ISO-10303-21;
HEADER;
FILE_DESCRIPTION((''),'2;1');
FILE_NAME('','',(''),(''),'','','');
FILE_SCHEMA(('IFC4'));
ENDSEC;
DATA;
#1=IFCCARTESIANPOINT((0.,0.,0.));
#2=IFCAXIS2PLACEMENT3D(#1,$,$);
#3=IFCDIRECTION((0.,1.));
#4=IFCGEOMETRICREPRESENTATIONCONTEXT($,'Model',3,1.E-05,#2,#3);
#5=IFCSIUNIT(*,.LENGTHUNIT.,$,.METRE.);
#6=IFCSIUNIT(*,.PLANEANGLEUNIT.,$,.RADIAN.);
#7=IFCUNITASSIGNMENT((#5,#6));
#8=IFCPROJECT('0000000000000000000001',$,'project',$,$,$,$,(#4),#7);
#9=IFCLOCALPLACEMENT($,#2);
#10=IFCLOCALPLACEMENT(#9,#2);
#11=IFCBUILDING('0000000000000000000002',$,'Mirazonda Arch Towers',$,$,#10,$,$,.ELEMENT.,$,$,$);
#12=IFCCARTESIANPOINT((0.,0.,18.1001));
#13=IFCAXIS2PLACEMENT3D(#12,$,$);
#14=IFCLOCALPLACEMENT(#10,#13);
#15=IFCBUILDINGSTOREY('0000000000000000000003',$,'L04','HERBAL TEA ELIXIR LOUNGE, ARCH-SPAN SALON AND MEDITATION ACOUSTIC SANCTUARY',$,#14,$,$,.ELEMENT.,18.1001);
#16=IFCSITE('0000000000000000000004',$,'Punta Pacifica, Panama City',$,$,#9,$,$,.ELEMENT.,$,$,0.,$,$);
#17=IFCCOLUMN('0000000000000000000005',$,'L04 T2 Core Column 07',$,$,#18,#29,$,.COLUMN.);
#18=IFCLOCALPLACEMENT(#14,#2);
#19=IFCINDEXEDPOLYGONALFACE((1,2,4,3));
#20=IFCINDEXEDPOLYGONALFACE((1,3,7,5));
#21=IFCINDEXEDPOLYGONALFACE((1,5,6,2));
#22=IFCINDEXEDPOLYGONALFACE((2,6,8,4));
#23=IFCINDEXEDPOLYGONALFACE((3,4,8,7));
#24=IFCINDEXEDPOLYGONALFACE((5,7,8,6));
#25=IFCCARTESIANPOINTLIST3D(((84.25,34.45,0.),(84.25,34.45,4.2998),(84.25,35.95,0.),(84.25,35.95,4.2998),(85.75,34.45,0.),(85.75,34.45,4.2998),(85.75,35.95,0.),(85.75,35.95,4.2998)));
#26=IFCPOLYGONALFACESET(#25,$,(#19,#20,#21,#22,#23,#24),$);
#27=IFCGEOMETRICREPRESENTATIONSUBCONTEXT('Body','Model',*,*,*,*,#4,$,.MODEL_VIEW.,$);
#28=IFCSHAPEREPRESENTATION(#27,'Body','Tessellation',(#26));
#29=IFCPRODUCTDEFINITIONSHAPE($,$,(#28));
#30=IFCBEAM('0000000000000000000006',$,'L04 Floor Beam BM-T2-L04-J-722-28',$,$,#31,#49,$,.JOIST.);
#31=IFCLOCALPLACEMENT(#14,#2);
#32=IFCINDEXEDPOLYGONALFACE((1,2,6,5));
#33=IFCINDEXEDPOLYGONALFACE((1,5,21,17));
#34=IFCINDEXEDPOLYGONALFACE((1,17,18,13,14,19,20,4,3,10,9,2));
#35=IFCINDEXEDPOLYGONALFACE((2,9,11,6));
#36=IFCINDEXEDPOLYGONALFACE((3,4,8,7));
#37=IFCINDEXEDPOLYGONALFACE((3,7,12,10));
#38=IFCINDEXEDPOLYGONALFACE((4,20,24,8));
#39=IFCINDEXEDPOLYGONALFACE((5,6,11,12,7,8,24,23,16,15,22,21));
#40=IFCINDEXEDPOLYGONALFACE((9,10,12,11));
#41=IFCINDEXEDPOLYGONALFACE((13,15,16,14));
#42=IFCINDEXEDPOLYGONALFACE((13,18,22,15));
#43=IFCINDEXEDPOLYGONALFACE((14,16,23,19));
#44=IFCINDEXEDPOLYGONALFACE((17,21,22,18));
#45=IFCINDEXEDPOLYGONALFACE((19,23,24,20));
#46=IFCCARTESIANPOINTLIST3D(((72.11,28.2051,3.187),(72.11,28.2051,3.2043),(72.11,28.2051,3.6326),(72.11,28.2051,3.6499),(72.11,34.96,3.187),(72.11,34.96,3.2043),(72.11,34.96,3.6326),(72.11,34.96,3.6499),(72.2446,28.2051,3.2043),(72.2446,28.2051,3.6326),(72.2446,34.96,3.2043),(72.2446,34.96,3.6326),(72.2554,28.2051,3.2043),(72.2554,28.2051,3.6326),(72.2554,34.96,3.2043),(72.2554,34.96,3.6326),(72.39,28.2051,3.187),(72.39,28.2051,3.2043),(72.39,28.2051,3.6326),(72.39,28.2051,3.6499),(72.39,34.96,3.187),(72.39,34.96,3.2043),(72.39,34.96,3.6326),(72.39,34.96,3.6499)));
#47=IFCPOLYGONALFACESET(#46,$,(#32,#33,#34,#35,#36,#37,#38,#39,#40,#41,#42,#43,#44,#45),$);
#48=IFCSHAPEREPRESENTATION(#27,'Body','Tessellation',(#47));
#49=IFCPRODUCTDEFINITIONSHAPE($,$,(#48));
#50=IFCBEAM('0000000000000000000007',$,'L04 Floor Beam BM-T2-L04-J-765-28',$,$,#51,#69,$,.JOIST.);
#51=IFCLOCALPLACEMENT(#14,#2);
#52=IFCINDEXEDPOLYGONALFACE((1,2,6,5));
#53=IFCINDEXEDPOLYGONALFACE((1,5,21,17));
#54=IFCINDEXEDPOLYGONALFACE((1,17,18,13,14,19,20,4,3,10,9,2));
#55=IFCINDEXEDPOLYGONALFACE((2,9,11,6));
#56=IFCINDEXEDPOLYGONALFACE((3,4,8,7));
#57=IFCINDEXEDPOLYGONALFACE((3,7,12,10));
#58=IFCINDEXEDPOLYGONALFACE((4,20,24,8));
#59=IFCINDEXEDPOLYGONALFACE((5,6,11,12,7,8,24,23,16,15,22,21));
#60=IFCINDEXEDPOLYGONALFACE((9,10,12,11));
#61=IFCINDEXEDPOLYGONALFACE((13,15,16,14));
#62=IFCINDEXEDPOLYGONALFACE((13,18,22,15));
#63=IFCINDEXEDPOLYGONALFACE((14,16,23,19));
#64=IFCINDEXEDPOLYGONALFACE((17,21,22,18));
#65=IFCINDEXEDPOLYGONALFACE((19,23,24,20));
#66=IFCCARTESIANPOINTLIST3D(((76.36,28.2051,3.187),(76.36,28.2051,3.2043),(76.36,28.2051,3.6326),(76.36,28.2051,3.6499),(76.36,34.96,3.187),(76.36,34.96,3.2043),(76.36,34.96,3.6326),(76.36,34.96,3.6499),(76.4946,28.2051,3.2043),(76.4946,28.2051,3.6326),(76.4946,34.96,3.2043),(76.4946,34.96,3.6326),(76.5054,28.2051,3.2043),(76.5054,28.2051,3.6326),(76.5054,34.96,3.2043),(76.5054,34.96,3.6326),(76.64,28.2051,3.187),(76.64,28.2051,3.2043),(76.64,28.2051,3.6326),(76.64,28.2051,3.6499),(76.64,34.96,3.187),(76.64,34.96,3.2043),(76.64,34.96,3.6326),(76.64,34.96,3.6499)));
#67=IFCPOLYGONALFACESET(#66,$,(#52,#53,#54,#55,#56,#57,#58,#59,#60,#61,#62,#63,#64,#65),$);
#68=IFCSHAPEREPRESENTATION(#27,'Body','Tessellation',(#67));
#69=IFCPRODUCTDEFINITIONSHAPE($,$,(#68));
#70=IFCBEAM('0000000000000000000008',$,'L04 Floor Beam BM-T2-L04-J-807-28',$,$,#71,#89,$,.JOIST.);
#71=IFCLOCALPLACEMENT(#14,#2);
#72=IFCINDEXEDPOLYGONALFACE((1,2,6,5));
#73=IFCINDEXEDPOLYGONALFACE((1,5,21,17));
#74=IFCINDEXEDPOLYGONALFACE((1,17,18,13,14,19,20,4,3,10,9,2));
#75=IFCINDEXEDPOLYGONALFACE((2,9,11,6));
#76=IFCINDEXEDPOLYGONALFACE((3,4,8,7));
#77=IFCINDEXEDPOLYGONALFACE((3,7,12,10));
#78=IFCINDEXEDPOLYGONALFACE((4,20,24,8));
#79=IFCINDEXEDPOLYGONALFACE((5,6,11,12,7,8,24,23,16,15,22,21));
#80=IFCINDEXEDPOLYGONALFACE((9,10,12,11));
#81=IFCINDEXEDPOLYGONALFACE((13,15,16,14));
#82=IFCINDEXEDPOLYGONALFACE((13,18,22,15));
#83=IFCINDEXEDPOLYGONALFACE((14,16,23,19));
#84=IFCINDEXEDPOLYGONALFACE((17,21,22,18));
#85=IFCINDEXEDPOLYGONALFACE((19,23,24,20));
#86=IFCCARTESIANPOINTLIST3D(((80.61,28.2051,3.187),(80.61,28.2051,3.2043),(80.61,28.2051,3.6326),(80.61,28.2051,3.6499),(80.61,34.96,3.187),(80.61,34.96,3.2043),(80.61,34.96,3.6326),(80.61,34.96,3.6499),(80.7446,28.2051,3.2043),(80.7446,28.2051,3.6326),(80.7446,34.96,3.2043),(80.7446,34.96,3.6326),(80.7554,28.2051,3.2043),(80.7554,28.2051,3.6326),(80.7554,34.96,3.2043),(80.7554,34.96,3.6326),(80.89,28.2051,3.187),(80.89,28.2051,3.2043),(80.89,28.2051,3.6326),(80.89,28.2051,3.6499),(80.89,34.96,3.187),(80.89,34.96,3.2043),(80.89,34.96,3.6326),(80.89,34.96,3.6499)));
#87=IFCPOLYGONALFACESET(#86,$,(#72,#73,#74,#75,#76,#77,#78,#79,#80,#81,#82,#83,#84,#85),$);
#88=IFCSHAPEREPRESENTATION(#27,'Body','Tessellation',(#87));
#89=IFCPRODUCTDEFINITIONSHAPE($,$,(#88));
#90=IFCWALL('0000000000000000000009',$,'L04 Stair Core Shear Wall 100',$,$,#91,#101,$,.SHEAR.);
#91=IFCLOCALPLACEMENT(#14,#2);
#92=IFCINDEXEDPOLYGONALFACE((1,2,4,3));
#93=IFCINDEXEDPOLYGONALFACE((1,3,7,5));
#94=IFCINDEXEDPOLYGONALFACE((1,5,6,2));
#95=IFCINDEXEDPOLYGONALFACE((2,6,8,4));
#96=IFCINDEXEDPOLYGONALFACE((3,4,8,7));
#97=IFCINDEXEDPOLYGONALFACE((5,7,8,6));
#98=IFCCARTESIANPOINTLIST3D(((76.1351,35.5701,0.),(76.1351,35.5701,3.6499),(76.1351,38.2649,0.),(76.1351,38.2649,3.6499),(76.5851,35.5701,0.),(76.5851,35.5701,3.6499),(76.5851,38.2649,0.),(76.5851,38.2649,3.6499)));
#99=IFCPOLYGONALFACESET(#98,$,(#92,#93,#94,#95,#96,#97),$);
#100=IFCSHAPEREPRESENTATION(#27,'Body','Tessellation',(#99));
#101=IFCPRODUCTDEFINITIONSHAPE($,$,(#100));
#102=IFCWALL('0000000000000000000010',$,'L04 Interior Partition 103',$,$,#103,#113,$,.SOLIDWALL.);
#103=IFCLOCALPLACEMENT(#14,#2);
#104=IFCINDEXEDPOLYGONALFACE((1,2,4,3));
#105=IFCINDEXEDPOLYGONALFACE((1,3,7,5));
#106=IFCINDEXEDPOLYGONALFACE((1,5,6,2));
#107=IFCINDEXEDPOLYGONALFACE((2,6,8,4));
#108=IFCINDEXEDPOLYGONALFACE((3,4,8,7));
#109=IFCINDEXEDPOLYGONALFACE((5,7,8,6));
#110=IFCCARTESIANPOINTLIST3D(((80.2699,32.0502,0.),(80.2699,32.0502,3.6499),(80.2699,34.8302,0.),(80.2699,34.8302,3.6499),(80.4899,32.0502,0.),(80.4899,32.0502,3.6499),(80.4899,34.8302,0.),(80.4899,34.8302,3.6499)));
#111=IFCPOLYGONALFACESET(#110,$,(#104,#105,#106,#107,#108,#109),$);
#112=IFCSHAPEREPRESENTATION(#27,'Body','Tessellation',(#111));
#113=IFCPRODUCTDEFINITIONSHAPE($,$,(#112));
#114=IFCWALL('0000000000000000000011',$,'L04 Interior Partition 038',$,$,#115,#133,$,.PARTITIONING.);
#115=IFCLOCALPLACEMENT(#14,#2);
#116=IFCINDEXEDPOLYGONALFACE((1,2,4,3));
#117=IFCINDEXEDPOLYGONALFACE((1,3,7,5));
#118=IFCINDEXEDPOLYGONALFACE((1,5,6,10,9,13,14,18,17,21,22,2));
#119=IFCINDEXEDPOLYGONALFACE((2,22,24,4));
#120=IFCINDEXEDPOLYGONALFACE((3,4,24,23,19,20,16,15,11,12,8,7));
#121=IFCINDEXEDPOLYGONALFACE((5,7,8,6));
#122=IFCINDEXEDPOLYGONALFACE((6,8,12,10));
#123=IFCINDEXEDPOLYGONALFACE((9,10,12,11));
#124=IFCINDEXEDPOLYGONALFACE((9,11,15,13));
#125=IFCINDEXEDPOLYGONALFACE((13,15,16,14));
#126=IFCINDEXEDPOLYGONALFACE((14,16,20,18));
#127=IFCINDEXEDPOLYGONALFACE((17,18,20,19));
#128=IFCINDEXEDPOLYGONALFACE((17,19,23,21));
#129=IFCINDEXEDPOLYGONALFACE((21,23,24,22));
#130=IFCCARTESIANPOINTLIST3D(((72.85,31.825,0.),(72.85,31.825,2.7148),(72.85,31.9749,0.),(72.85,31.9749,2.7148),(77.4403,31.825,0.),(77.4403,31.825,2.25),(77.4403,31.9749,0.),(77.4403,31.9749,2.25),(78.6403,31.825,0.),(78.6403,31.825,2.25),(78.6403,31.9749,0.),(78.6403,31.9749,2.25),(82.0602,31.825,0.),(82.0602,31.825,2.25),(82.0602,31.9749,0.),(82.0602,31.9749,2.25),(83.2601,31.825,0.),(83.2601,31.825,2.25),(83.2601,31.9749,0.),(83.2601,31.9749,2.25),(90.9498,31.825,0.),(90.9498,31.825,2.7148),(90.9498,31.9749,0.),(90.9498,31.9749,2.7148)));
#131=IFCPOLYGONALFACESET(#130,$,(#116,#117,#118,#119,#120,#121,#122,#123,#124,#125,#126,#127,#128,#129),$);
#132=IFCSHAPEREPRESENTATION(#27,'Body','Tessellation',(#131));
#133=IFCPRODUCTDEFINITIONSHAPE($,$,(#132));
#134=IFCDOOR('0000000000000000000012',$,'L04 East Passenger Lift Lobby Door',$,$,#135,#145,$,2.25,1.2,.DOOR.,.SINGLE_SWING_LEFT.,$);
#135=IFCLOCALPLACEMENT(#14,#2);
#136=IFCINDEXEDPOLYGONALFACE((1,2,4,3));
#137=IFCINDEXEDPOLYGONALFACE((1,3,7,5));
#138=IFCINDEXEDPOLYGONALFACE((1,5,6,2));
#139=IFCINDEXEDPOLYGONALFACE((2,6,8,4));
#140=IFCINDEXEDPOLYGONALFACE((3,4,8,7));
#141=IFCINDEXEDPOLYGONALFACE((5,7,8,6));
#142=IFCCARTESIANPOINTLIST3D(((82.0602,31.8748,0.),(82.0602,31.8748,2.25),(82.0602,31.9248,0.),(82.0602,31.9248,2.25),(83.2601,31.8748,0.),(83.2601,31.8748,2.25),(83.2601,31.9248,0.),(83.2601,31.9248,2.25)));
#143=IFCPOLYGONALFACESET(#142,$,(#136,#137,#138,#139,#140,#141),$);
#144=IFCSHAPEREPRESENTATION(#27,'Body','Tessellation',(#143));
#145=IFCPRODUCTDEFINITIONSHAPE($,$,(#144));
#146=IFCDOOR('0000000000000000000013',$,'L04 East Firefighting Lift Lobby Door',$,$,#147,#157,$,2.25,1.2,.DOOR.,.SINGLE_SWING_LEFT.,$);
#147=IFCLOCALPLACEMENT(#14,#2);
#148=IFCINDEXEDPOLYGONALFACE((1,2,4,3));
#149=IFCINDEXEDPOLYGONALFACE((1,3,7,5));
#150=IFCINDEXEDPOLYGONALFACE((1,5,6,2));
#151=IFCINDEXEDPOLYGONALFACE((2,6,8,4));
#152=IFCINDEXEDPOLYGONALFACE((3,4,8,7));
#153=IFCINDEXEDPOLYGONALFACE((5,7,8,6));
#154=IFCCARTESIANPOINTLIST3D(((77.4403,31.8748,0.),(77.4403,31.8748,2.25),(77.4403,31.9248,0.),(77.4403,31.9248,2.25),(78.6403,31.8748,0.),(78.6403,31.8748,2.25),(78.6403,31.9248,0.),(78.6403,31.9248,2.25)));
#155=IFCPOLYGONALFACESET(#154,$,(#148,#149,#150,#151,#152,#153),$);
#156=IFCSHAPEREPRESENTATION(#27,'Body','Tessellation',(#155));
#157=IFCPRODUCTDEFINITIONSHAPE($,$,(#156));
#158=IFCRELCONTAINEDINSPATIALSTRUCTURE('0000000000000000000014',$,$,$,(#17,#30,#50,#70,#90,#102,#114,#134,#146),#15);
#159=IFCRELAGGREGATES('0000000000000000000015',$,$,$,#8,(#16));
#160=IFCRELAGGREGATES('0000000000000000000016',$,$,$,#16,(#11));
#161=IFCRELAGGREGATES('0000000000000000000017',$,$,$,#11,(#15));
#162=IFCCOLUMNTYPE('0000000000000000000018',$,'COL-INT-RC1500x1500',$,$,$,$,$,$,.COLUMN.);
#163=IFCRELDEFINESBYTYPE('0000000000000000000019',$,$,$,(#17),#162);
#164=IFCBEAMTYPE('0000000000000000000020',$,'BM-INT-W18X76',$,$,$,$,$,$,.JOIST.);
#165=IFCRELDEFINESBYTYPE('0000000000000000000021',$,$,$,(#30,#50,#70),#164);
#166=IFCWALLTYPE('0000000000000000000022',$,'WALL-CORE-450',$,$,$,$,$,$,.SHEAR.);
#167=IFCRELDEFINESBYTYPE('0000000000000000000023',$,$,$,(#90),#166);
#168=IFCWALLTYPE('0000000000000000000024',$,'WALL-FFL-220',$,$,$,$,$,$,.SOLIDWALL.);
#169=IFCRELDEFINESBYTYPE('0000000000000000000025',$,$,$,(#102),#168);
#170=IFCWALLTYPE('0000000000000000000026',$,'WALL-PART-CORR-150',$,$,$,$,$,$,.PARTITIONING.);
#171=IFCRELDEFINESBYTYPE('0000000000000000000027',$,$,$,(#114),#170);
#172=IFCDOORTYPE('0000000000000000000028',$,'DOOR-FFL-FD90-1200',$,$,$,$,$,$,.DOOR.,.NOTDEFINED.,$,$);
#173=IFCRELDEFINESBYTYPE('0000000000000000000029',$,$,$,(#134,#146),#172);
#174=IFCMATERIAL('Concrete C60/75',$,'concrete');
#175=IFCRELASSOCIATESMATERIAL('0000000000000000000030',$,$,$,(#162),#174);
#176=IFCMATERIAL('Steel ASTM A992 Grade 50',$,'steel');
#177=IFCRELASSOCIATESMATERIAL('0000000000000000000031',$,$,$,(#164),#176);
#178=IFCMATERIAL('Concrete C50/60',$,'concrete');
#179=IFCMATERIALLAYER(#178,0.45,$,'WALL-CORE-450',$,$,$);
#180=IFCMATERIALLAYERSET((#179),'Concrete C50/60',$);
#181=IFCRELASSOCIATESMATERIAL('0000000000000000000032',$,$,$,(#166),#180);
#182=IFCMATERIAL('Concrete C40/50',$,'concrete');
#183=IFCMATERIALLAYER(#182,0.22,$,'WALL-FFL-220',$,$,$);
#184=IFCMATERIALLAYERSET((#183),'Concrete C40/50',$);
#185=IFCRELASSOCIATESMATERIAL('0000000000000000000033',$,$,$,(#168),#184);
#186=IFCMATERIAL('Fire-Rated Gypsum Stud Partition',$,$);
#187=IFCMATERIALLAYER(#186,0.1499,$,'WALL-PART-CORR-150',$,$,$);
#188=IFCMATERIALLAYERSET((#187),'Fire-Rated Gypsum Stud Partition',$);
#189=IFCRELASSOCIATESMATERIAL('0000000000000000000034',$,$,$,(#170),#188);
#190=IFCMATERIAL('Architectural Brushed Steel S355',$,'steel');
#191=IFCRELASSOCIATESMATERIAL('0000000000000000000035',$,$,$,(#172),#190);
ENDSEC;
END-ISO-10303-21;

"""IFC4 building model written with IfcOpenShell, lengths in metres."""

from ifc_helpers import new_model, si_unit, direction, frame, frame_2d, origin, origin_2d, place, context, subcontext, project, spatial, rectangle, i_section, extrude, material, layer, layer_set, material_profile, profile_set, type_object, element, fill, save


model = new_model("IFC4")

# Units and contexts
model_context = context("Model", 3, precision=1e-05, world=origin(), true_north=direction((0.0, 1.0)))
body_context = subcontext(model_context, "Body", "Model", "MODEL_VIEW")
ifc_project = project(units=[si_unit("LENGTHUNIT", "METRE"), si_unit("PLANEANGLEUNIT", "RADIAN")], contexts=[model_context])

# Site, building, storey
site_placement = place(None, origin())
site = spatial("IfcSite", under=ifc_project, at=site_placement, Name="Punta Pacifica, Panama City", CompositionType="ELEMENT", RefElevation=0.0)
building_placement = place(site_placement, origin())
building = spatial("IfcBuilding", under=site, at=building_placement, Name="Mirazonda Arch Towers", CompositionType="ELEMENT")
storey_placement = place(building_placement, frame((0.0, 0.0, 18.1001)))
storey = spatial("IfcBuildingStorey", under=building, at=storey_placement, Name="L04", Description="HERBAL TEA ELIXIR LOUNGE, ARCH-SPAN SALON AND MEDITATION ACOUSTIC SANCTUARY", CompositionType="ELEMENT", Elevation=18.1001)

# Column
ifc_material_1 = material(Name="Concrete C60/75", Category="concrete")
ifc_material_profile_1 = material_profile(ifc_material_1, rectangle(XDim=1.5, YDim=1.5, at=origin_2d()), Name="RC1500x1500")
ifc_profile_set_1 = profile_set([ifc_material_profile_1], Name="Concrete C60/75")
column_type = type_object("IfcColumnType", Name="COL-INT-RC1500x1500", PredefinedType="COLUMN", material=ifc_profile_set_1)
column_placement = place(storey_placement, frame((85.0, 35.2, 0.0), z_axis=(0.0, 0.0, 1.0), x_axis=(1.0, 0.0, 0.0)))
element("IfcColumn", 1, at=column_placement, inside=storey, type_object=column_type, Name="L04 T2 Core Column 07", PredefinedType="COLUMN", context=body_context, shape_type="SweptSolid", body=[
    extrude(rectangle(XDim=1.5, YDim=1.5, at=origin_2d()), origin(), (0.0, 0.0, 1.0), 4.2998),
])

# Beams
ifc_material_2 = material(Name="Steel ASTM A992 Grade 50", Category="steel")
ifc_material_profile_2 = material_profile(ifc_material_2, i_section(OverallWidth=0.28, OverallDepth=0.4629, WebThickness=0.0107, FlangeThickness=0.0173, at=origin_2d()), Name="W18X76")
ifc_profile_set_2 = profile_set([ifc_material_profile_2], Name="Steel ASTM A992 Grade 50")
beam_type = type_object("IfcBeamType", Name="BM-INT-W18X76", PredefinedType="JOIST", material=ifc_profile_set_2)
for number, where, z_axis, x_axis, name in (
    (2, (72.25, 28.2051, 3.4185), (0.0, 1.0, 0.0), (-1.0, 0.0, 0.0), "L04 Floor Beam BM-T2-L04-J-722-28"),
    (3, (76.5, 28.2051, 3.4185), (0.0, 1.0, 0.0), (-1.0, 0.0, 0.0), "L04 Floor Beam BM-T2-L04-J-765-28"),
    (4, (80.75, 28.2051, 3.4185), (0.0, 1.0, 0.0), (-1.0, 0.0, 0.0), "L04 Floor Beam BM-T2-L04-J-807-28"),
):
    element("IfcBeam", number, at=place(storey_placement, frame(where, z_axis=z_axis, x_axis=x_axis)), inside=storey, type_object=beam_type, Name=name, PredefinedType="JOIST", context=body_context, shape_type="SweptSolid", body=[
        extrude(i_section(OverallWidth=0.28, OverallDepth=0.4629, WebThickness=0.0107, FlangeThickness=0.0173, at=origin_2d()), origin(), (0.0, 0.0, 1.0), 6.7549),
    ])

# Walls
ifc_material_3 = material(Name="Concrete C50/60", Category="concrete")
ifc_layer_1 = layer(ifc_material_3, 0.45, Name="WALL-CORE-450")
ifc_layer_set_1 = layer_set([ifc_layer_1], Name="Concrete C50/60")
wall_type_1 = type_object("IfcWallType", Name="WALL-CORE-450", PredefinedType="SHEAR", material=ifc_layer_set_1)
wall_1_placement = place(storey_placement, frame((76.3601, 35.5701, 0.0), z_axis=(0.0, 0.0, 1.0), x_axis=(0.0, 1.0, 0.0)))
element("IfcWall", 5, at=wall_1_placement, inside=storey, type_object=wall_type_1, Name="L04 Stair Core Shear Wall 100", PredefinedType="SHEAR", context=body_context, shape_type="SweptSolid", body=[
    extrude(rectangle(XDim=2.6948, YDim=0.45, at=frame_2d((1.3474, 0.0))), origin(), (0.0, 0.0, 1.0), 3.6499),
])
ifc_material_4 = material(Name="Concrete C40/50", Category="concrete")
ifc_layer_2 = layer(ifc_material_4, 0.22, Name="WALL-FFL-220")
ifc_layer_set_2 = layer_set([ifc_layer_2], Name="Concrete C40/50")
wall_type_2 = type_object("IfcWallType", Name="WALL-FFL-220", PredefinedType="SOLIDWALL", material=ifc_layer_set_2)
wall_2_placement = place(storey_placement, frame((80.3799, 32.05, 0.0), z_axis=(0.0, 0.0, 1.0), x_axis=(0.0, 1.0, 0.0)))
element("IfcWall", 6, at=wall_2_placement, inside=storey, type_object=wall_type_2, Name="L04 Interior Partition 103", PredefinedType="SOLIDWALL", context=body_context, shape_type="SweptSolid", body=[
    extrude(rectangle(XDim=2.78, YDim=0.22, at=frame_2d((1.3901, 0.0))), origin(), (0.0, 0.0, 1.0), 3.6499),
])

# Wall, openings, doors
ifc_material_5 = material(Name="Fire-Rated Gypsum Stud Partition")
ifc_layer_3 = layer(ifc_material_5, 0.1499, Name="WALL-PART-CORR-150")
ifc_layer_set_3 = layer_set([ifc_layer_3], Name="Fire-Rated Gypsum Stud Partition")
wall_type_3 = type_object("IfcWallType", Name="WALL-PART-CORR-150", PredefinedType="PARTITIONING", material=ifc_layer_set_3)
wall_3_placement = place(storey_placement, frame((72.8501, 31.8999, 0.0), z_axis=(0.0, 0.0, 1.0), x_axis=(1.0, 0.0, 0.0)))
wall_3 = element("IfcWall", 7, at=wall_3_placement, inside=storey, type_object=wall_type_3, Name="L04 Interior Partition 038", PredefinedType="PARTITIONING", context=body_context, shape_type="SweptSolid", body=[
    extrude(rectangle(XDim=18.0999, YDim=0.1499, at=frame_2d((9.0498, 0.0))), origin(), (0.0, 0.0, 1.0), 2.7148),
])
opening_1_placement = place(wall_3_placement, frame((9.21, 0.0, 0.0)))
opening_1 = element("IfcOpeningElement", 8, at=opening_1_placement, cuts=wall_3, PredefinedType="OPENING", context=body_context, shape_type="SweptSolid", body=[
    extrude(rectangle(XDim=1.2, YDim=2.25, at=frame_2d((0.6001, 1.125))), frame((0.0, 0.085, 0.0), z_axis=(0.0, -1.0, 0.0), x_axis=(1.0, 0.0, 0.0)), (0.0, 0.0, 1.0), 0.1699),
])
opening_2_placement = place(wall_3_placement, frame((4.5901, 0.0, 0.0)))
opening_2 = element("IfcOpeningElement", 9, at=opening_2_placement, cuts=wall_3, PredefinedType="OPENING", context=body_context, shape_type="SweptSolid", body=[
    extrude(rectangle(XDim=1.2, YDim=2.25, at=frame_2d((0.6001, 1.125))), frame((0.0, 0.085, 0.0), z_axis=(0.0, -1.0, 0.0), x_axis=(1.0, 0.0, 0.0)), (0.0, 0.0, 1.0), 0.1699),
])
ifc_material_6 = material(Name="Architectural Brushed Steel S355", Category="steel")
door_type_1 = type_object("IfcDoorType", Name="DOOR-FFL-FD90-1200", OperationType="NOTDEFINED", PredefinedType="DOOR", material=ifc_material_6)
door_1_placement = place(opening_1_placement, origin())
door_1 = element("IfcDoor", 10, at=door_1_placement, inside=storey, type_object=door_type_1, Name="L04 East Passenger Lift Lobby Door", OperationType="SINGLE_SWING_LEFT", OverallHeight=2.25, OverallWidth=1.2, PredefinedType="DOOR", context=body_context, shape_type="SweptSolid", body=[
    extrude(rectangle(XDim=1.2, YDim=2.25, at=frame_2d((0.6001, 1.125))), frame((0.0, 0.0249, 0.0), z_axis=(0.0, -1.0, 0.0), x_axis=(1.0, 0.0, 0.0)), (0.0, 0.0, 1.0), 0.05),
])
fill(opening_1, door_1)
door_2_placement = place(opening_2_placement, origin())
door_2 = element("IfcDoor", 11, at=door_2_placement, inside=storey, type_object=door_type_1, Name="L04 East Firefighting Lift Lobby Door", OperationType="SINGLE_SWING_LEFT", OverallHeight=2.25, OverallWidth=1.2, PredefinedType="DOOR", context=body_context, shape_type="SweptSolid", body=[
    extrude(rectangle(XDim=1.2, YDim=2.25, at=frame_2d((0.6001, 1.125))), frame((0.0, 0.0249, 0.0), z_axis=(0.0, -1.0, 0.0), x_axis=(1.0, 0.0, 0.0)), (0.0, 0.0, 1.0), 0.05),
])
fill(opening_2, door_2)

save(model, "model.ifc")
